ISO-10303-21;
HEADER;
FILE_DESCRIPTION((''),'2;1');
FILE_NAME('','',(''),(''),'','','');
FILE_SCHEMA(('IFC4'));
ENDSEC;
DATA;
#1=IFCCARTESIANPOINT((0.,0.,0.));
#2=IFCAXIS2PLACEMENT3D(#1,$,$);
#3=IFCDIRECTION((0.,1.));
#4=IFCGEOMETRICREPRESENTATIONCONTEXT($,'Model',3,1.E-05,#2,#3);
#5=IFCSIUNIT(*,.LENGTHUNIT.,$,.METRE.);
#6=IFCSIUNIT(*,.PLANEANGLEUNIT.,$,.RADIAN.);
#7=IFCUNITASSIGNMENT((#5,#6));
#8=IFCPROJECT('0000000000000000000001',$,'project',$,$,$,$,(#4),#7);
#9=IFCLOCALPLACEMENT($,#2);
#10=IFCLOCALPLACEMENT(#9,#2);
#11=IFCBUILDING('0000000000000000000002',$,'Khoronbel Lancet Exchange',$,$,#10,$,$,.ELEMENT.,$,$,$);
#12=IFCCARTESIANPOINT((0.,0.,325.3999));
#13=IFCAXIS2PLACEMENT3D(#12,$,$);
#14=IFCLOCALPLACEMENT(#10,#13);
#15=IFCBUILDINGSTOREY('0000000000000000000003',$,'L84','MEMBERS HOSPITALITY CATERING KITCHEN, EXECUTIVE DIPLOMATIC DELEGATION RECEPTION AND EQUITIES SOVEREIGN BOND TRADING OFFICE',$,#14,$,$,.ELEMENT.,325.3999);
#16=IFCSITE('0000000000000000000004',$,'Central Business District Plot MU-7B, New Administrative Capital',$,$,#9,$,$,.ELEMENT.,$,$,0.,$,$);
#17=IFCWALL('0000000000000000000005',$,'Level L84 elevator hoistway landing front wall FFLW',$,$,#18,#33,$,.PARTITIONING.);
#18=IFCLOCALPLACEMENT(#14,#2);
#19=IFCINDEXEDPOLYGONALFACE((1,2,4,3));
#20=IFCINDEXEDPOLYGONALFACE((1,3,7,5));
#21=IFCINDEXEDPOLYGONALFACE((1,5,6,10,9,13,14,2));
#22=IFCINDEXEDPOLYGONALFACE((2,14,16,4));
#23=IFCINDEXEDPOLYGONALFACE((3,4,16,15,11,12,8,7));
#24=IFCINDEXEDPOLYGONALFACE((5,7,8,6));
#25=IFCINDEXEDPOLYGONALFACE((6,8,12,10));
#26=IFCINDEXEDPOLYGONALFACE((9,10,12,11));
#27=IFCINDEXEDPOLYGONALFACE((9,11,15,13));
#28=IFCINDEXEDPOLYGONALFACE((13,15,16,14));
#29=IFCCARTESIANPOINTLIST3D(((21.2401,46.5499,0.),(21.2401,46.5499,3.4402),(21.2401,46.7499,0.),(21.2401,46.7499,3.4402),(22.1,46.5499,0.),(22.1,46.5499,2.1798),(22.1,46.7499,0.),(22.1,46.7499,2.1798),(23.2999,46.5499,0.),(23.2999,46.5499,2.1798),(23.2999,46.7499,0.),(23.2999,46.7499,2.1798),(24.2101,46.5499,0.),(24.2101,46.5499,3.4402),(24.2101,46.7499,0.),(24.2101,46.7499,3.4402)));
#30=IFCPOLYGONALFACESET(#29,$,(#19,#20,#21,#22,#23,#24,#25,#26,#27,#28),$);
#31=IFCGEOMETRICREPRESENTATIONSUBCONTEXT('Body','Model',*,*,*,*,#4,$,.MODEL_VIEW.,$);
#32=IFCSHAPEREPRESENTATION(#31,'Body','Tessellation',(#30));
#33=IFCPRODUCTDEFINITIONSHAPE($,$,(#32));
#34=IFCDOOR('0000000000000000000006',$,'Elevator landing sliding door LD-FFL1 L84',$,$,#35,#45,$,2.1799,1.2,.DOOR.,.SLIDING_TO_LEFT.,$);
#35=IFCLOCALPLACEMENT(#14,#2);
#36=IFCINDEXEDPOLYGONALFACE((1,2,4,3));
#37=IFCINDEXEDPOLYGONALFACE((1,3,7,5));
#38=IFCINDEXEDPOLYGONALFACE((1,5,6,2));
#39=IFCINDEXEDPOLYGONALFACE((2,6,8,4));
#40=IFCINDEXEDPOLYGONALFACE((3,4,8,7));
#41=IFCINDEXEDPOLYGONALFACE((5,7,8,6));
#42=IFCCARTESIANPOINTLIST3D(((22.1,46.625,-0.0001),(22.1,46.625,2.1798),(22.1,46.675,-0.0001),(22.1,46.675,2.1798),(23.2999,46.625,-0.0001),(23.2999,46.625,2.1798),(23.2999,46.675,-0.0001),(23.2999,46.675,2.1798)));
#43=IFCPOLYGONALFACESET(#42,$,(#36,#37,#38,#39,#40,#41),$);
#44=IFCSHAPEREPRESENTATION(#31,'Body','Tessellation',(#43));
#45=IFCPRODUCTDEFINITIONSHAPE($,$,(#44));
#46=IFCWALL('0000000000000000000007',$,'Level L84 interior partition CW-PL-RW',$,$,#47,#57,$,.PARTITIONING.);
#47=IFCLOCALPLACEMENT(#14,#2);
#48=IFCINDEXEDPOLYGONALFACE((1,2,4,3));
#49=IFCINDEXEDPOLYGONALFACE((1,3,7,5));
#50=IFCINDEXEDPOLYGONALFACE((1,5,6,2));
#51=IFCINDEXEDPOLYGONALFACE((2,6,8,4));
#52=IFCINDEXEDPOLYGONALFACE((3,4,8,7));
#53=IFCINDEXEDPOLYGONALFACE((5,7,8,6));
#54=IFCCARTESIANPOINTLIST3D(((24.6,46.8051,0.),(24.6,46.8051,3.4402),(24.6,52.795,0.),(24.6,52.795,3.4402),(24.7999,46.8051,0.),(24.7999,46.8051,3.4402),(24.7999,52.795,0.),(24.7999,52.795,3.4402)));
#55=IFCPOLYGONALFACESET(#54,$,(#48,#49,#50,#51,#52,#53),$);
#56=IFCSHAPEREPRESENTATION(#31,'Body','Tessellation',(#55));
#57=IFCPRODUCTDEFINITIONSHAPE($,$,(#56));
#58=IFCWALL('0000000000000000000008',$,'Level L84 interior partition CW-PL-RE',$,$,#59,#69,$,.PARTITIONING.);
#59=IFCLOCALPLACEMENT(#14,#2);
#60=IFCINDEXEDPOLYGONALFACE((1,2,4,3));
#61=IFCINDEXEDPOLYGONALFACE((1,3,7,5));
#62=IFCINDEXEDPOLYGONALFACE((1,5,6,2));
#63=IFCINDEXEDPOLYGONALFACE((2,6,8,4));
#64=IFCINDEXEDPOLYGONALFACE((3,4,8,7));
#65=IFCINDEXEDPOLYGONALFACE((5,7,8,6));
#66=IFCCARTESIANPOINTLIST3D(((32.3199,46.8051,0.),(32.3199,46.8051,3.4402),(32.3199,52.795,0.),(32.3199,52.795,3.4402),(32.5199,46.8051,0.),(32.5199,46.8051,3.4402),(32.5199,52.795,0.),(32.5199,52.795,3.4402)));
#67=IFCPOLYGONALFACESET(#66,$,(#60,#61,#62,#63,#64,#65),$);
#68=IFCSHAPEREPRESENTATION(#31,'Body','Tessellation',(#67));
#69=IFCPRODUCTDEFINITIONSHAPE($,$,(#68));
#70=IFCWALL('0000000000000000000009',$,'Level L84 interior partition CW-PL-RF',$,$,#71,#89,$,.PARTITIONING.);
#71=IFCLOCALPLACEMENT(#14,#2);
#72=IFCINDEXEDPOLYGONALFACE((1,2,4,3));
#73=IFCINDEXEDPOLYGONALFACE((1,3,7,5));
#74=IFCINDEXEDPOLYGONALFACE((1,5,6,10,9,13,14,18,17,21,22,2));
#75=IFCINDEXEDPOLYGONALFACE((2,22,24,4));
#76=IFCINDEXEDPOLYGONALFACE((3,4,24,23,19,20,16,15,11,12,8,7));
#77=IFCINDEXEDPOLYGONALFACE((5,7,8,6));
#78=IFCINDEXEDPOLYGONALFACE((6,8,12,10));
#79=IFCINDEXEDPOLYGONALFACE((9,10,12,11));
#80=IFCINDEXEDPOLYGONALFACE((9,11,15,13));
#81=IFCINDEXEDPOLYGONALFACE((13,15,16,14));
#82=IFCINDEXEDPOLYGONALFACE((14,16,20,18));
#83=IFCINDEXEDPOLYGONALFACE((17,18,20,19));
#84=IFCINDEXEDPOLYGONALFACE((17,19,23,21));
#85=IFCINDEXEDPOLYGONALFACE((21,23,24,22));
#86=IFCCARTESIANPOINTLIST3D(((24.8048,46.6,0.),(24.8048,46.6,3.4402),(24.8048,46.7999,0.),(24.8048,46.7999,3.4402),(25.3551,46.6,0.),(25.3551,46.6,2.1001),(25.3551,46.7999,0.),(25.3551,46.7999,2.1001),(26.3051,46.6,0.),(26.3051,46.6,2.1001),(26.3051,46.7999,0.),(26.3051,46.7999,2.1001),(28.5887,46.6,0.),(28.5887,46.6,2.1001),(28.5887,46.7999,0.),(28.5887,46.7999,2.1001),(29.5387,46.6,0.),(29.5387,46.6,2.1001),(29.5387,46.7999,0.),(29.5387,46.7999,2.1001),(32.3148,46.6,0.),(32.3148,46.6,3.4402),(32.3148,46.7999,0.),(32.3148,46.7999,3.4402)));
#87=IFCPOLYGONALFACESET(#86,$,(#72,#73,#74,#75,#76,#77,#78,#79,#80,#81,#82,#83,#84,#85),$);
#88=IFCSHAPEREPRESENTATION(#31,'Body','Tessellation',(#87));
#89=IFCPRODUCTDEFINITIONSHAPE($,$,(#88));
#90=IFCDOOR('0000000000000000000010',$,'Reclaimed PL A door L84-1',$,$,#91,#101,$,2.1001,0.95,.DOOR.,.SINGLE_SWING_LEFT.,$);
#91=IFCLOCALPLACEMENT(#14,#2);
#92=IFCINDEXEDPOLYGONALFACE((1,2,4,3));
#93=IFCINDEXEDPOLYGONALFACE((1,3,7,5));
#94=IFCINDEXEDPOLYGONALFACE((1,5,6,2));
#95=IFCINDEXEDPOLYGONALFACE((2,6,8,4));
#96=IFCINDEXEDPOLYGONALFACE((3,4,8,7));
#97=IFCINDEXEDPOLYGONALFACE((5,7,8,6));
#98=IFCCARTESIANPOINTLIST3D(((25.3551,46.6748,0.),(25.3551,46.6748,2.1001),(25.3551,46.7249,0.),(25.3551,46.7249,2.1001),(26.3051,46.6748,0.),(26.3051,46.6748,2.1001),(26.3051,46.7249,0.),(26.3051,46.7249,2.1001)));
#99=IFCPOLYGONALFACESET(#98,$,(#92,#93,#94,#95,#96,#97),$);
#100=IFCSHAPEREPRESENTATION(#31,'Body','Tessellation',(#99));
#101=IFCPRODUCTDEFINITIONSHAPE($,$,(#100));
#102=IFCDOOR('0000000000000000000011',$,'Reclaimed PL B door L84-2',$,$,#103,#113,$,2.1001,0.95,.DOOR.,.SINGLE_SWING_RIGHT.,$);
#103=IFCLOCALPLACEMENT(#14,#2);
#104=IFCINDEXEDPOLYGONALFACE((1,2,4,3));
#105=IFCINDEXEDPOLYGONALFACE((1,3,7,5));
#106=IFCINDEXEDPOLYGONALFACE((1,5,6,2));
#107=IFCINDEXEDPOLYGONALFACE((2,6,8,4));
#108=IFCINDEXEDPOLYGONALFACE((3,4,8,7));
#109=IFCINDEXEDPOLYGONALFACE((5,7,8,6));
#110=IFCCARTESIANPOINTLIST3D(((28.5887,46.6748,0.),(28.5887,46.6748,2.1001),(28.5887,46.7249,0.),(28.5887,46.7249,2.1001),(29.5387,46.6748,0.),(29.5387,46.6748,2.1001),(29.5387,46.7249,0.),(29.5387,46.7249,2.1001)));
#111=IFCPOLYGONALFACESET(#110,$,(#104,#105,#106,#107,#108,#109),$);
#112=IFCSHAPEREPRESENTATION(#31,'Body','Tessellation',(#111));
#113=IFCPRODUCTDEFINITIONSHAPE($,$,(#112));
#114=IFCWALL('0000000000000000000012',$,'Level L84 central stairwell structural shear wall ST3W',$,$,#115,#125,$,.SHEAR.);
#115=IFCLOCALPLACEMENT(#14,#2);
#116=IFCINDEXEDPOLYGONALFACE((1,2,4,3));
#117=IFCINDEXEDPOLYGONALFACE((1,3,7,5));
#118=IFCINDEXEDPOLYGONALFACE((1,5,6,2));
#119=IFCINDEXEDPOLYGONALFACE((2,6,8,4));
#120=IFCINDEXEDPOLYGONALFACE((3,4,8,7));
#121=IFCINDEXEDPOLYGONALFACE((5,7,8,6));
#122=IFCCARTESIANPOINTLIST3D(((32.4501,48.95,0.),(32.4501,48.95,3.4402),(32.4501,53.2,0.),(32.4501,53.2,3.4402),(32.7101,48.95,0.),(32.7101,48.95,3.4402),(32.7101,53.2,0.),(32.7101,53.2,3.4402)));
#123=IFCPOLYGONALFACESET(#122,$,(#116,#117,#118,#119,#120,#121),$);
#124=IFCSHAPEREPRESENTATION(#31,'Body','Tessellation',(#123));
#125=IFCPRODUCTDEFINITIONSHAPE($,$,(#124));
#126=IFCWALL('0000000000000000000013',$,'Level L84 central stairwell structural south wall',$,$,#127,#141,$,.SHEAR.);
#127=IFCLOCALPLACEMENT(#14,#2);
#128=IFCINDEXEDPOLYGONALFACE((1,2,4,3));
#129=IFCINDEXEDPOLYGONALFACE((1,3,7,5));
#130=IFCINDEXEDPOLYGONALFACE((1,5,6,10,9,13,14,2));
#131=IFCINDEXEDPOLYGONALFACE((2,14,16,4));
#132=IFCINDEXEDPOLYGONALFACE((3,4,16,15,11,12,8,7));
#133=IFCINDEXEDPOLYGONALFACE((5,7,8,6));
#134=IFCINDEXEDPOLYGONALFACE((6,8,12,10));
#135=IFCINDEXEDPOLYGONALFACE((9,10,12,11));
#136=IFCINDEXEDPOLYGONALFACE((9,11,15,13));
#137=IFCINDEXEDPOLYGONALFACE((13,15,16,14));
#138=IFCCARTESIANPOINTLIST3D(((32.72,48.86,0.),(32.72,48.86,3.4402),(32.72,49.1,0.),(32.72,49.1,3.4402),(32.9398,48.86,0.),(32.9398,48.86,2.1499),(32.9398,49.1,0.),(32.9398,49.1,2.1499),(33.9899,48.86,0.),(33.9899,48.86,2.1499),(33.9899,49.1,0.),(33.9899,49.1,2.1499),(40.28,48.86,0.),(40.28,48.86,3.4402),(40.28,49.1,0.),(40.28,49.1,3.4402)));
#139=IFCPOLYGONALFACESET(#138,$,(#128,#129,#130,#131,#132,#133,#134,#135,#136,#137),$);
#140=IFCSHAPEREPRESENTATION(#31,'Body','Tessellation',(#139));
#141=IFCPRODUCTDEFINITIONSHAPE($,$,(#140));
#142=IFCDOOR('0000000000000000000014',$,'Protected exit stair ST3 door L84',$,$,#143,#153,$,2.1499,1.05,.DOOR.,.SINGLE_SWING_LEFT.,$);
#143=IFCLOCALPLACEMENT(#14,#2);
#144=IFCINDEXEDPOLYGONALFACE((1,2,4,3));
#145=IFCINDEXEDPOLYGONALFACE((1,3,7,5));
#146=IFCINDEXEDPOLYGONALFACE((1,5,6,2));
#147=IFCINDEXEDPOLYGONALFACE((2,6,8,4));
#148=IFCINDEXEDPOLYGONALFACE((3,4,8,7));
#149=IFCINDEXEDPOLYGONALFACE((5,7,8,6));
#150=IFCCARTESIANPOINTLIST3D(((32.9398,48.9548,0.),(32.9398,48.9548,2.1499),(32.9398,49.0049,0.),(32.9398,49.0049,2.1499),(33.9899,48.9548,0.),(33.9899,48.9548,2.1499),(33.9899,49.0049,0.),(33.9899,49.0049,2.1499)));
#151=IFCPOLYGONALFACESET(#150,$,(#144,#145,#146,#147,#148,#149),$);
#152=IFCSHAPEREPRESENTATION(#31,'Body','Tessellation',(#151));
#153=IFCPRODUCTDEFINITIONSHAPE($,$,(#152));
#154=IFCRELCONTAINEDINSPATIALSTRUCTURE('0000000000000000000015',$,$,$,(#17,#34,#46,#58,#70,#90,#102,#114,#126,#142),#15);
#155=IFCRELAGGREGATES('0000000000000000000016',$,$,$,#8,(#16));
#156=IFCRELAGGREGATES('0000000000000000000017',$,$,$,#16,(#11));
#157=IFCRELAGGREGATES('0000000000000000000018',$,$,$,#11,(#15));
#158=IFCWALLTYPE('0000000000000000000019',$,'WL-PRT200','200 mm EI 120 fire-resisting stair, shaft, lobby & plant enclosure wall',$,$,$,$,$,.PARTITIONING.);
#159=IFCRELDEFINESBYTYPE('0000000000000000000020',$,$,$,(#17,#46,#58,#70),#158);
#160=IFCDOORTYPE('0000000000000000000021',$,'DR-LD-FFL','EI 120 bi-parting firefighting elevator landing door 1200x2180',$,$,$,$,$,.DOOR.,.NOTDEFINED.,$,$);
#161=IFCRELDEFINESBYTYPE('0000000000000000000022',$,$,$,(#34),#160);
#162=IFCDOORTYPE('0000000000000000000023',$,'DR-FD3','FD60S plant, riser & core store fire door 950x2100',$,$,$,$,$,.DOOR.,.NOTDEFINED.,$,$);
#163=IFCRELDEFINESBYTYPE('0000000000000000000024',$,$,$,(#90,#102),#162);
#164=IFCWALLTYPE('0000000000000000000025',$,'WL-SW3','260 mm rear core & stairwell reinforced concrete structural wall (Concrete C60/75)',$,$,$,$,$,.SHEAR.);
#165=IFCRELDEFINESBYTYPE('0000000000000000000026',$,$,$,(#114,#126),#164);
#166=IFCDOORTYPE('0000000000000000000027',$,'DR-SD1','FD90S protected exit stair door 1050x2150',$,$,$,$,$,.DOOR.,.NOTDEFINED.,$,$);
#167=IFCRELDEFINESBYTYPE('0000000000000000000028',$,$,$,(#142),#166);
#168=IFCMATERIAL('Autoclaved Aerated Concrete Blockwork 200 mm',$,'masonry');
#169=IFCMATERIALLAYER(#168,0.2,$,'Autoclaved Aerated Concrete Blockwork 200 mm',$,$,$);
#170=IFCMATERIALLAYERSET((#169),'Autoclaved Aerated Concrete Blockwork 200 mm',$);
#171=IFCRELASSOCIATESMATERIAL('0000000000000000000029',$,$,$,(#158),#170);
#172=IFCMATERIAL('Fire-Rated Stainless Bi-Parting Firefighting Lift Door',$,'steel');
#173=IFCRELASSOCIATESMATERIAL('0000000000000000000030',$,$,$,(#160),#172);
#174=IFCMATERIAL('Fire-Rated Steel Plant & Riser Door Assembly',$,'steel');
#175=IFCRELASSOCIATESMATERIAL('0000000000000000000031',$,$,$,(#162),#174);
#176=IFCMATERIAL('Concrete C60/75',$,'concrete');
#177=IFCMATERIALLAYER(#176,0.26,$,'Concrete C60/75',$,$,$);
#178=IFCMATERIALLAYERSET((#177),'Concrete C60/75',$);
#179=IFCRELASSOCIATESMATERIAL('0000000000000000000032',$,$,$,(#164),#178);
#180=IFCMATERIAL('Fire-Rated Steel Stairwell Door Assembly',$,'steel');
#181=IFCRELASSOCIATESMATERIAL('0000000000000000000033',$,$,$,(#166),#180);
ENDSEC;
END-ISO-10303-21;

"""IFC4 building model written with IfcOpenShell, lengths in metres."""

from ifc_helpers import new_model, si_unit, direction, frame, frame_2d, origin, place, context, subcontext, project, spatial, rectangle, extrude, material, layer, layer_set, type_object, element, fill, save


model = new_model("IFC4")

# Units and contexts
model_context = context("Model", 3, precision=1e-05, world=origin(), true_north=direction((0.0, 1.0)))
body_context = subcontext(model_context, "Body", "Model", "MODEL_VIEW")
ifc_project = project(units=[si_unit("LENGTHUNIT", "METRE"), si_unit("PLANEANGLEUNIT", "RADIAN")], contexts=[model_context])

# Site, building, storey
site_placement = place(None, origin())
site = spatial("IfcSite", under=ifc_project, at=site_placement, Name="Central Business District Plot MU-7B, New Administrative Capital", CompositionType="ELEMENT", RefElevation=0.0)
building_placement = place(site_placement, origin())
building = spatial("IfcBuilding", under=site, at=building_placement, Name="Khoronbel Lancet Exchange", CompositionType="ELEMENT")
storey_placement = place(building_placement, frame((0.0, 0.0, 325.3999)))
storey = spatial("IfcBuildingStorey", under=building, at=storey_placement, Name="L84", Description="MEMBERS HOSPITALITY CATERING KITCHEN, EXECUTIVE DIPLOMATIC DELEGATION RECEPTION AND EQUITIES SOVEREIGN BOND TRADING OFFICE", CompositionType="ELEMENT", Elevation=325.3999)

# Wall, opening, door
ifc_material_1 = material(Name="Autoclaved Aerated Concrete Blockwork 200 mm", Category="masonry")
ifc_layer_1 = layer(ifc_material_1, 0.2, Name="Autoclaved Aerated Concrete Blockwork 200 mm")
ifc_layer_set_1 = layer_set([ifc_layer_1], Name="Autoclaved Aerated Concrete Blockwork 200 mm")
wall_type_1 = type_object("IfcWallType", Name="WL-PRT200", Description="200 mm EI 120 fire-resisting stair, shaft, lobby & plant enclosure wall", PredefinedType="PARTITIONING", material=ifc_layer_set_1)
wall_1_placement = place(storey_placement, frame((24.21, 46.6499, 0.0), z_axis=(0.0, 0.0, 1.0), x_axis=(-1.0, 0.0, 0.0)))
wall_1 = element("IfcWall", 1, at=wall_1_placement, inside=storey, type_object=wall_type_1, Name="Level L84 elevator hoistway landing front wall FFLW", PredefinedType="PARTITIONING", context=body_context, shape_type="SweptSolid", body=[
    extrude(rectangle(XDim=2.97, YDim=0.2, at=frame_2d((1.4849, 0.0))), origin(), (0.0, 0.0, 1.0), 3.4402),
])
opening_1_placement = place(wall_1_placement, frame((0.9099, 0.0, 0.0)))
opening_1 = element("IfcOpeningElement", 2, at=opening_1_placement, cuts=wall_1, PredefinedType="OPENING", context=body_context, shape_type="SweptSolid", body=[
    extrude(rectangle(XDim=1.2, YDim=2.1799, at=frame_2d((0.6001, 1.0898))), frame((0.0, 0.1099, 0.0), z_axis=(0.0, -1.0, 0.0), x_axis=(1.0, 0.0, 0.0)), (0.0, 0.0, 1.0), 0.22),
])
ifc_material_2 = material(Name="Fire-Rated Stainless Bi-Parting Firefighting Lift Door", Category="steel")
door_type_1 = type_object("IfcDoorType", Name="DR-LD-FFL", Description="EI 120 bi-parting firefighting elevator landing door 1200x2180", OperationType="NOTDEFINED", PredefinedType="DOOR", material=ifc_material_2)
door_1_placement = place(opening_1_placement, origin())
door_1 = element("IfcDoor", 3, at=door_1_placement, inside=storey, type_object=door_type_1, Name="Elevator landing sliding door LD-FFL1 L84", OperationType="SLIDING_TO_LEFT", OverallHeight=2.1799, OverallWidth=1.2, PredefinedType="DOOR", context=body_context, shape_type="SweptSolid", body=[
    extrude(rectangle(XDim=1.2, YDim=2.1799, at=frame_2d((0.6001, 1.0898))), frame((0.0, 0.0249, 0.0), z_axis=(0.0, -1.0, 0.0), x_axis=(1.0, 0.0, 0.0)), (0.0, 0.0, 1.0), 0.05),
])
fill(opening_1, door_1)

# Walls
for number, where, z_axis, x_axis, name in (
    (4, (24.7, 46.8049, 0.0), (0.0, 0.0, 1.0), (0.0, 1.0, 0.0), "Level L84 interior partition CW-PL-RW"),
    (5, (32.4199, 46.8049, 0.0), (0.0, 0.0, 1.0), (0.0, 1.0, 0.0), "Level L84 interior partition CW-PL-RE"),
):
    element("IfcWall", number, at=place(storey_placement, frame(where, z_axis=z_axis, x_axis=x_axis)), inside=storey, type_object=wall_type_1, Name=name, PredefinedType="PARTITIONING", context=body_context, shape_type="SweptSolid", body=[
        extrude(rectangle(XDim=5.99, YDim=0.2, at=frame_2d((2.9951, 0.0))), origin(), (0.0, 0.0, 1.0), 3.4402),
    ])

# Wall, openings, doors
wall_2_placement = place(storey_placement, frame((24.8049, 46.7, 0.0), z_axis=(0.0, 0.0, 1.0), x_axis=(1.0, 0.0, 0.0)))
wall_2 = element("IfcWall", 6, at=wall_2_placement, inside=storey, type_object=wall_type_1, Name="Level L84 interior partition CW-PL-RF", PredefinedType="PARTITIONING", context=body_context, shape_type="SweptSolid", body=[
    extrude(rectangle(XDim=7.51, YDim=0.2, at=frame_2d((3.7549, 0.0))), origin(), (0.0, 0.0, 1.0), 3.4402),
])
opening_2_placement = place(wall_2_placement, frame((0.55, 0.0, 0.0)))
opening_2 = element("IfcOpeningElement", 7, at=opening_2_placement, cuts=wall_2, PredefinedType="OPENING", context=body_context, shape_type="SweptSolid", body=[
    extrude(rectangle(XDim=0.95, YDim=2.1001, at=frame_2d((0.4751, 1.05))), frame((0.0, 0.1099, 0.0), z_axis=(0.0, -1.0, 0.0), x_axis=(1.0, 0.0, 0.0)), (0.0, 0.0, 1.0), 0.22),
])
opening_3_placement = place(wall_2_placement, frame((3.7837, 0.0, 0.0)))
opening_3 = element("IfcOpeningElement", 8, at=opening_3_placement, cuts=wall_2, PredefinedType="OPENING", context=body_context, shape_type="SweptSolid", body=[
    extrude(rectangle(XDim=0.95, YDim=2.1001, at=frame_2d((0.4751, 1.05))), frame((0.0, 0.1099, 0.0), z_axis=(0.0, -1.0, 0.0), x_axis=(1.0, 0.0, 0.0)), (0.0, 0.0, 1.0), 0.22),
])
ifc_material_3 = material(Name="Fire-Rated Steel Plant & Riser Door Assembly", Category="steel")
door_type_2 = type_object("IfcDoorType", Name="DR-FD3", Description="FD60S plant, riser & core store fire door 950x2100", OperationType="NOTDEFINED", PredefinedType="DOOR", material=ifc_material_3)
door_2_placement = place(opening_2_placement, origin())
door_2 = element("IfcDoor", 9, at=door_2_placement, inside=storey, type_object=door_type_2, Name="Reclaimed PL A door L84-1", OperationType="SINGLE_SWING_LEFT", OverallHeight=2.1001, OverallWidth=0.95, PredefinedType="DOOR", context=body_context, shape_type="SweptSolid", body=[
    extrude(rectangle(XDim=0.95, YDim=2.1001, at=frame_2d((0.4751, 1.05))), frame((0.0, 0.0249, 0.0), z_axis=(0.0, -1.0, 0.0), x_axis=(1.0, 0.0, 0.0)), (0.0, 0.0, 1.0), 0.05),
])
fill(opening_2, door_2)
door_3_placement = place(opening_3_placement, origin())
door_3 = element("IfcDoor", 10, at=door_3_placement, inside=storey, type_object=door_type_2, Name="Reclaimed PL B door L84-2", OperationType="SINGLE_SWING_RIGHT", OverallHeight=2.1001, OverallWidth=0.95, PredefinedType="DOOR", context=body_context, shape_type="SweptSolid", body=[
    extrude(rectangle(XDim=0.95, YDim=2.1001, at=frame_2d((0.4751, 1.05))), frame((0.0, 0.0249, 0.0), z_axis=(0.0, -1.0, 0.0), x_axis=(1.0, 0.0, 0.0)), (0.0, 0.0, 1.0), 0.05),
])
fill(opening_3, door_3)

# Wall
ifc_material_4 = material(Name="Concrete C60/75", Category="concrete")
ifc_layer_2 = layer(ifc_material_4, 0.26, Name="Concrete C60/75")
ifc_layer_set_2 = layer_set([ifc_layer_2], Name="Concrete C60/75")
wall_type_2 = type_object("IfcWallType", Name="WL-SW3", Description="260 mm rear core & stairwell reinforced concrete structural wall (Concrete C60/75)", PredefinedType="SHEAR", material=ifc_layer_set_2)
wall_3_placement = place(storey_placement, frame((32.5801, 48.95, 0.0), z_axis=(0.0, 0.0, 1.0), x_axis=(0.0, 1.0, 0.0)))
element("IfcWall", 11, at=wall_3_placement, inside=storey, type_object=wall_type_2, Name="Level L84 central stairwell structural shear wall ST3W", PredefinedType="SHEAR", context=body_context, shape_type="SweptSolid", body=[
    extrude(rectangle(XDim=4.25, YDim=0.26, at=frame_2d((2.125, 0.0))), origin(), (0.0, 0.0, 1.0), 3.4402),
])

# Wall, opening, door
wall_4_placement = place(storey_placement, frame((32.72, 48.98, 0.0), z_axis=(0.0, 0.0, 1.0), x_axis=(1.0, 0.0, 0.0)))
wall_4 = element("IfcWall", 12, at=wall_4_placement, inside=storey, type_object=wall_type_2, Name="Level L84 central stairwell structural south wall", PredefinedType="SHEAR", context=body_context, shape_type="SweptSolid", body=[
    extrude(rectangle(XDim=7.5601, YDim=0.24, at=frame_2d((3.78, 0.0))), origin(), (0.0, 0.0, 1.0), 3.4402),
])
opening_4_placement = place(wall_4_placement, frame((0.22, 0.0, 0.0)))
opening_4 = element("IfcOpeningElement", 13, at=opening_4_placement, cuts=wall_4, PredefinedType="OPENING", context=body_context, shape_type="SweptSolid", body=[
    extrude(rectangle(XDim=1.05, YDim=2.1499, at=frame_2d((0.5249, 1.075))), frame((0.0, 0.1299, 0.0), z_axis=(0.0, -1.0, 0.0), x_axis=(1.0, 0.0, 0.0)), (0.0, 0.0, 1.0), 0.26),
])
ifc_material_5 = material(Name="Fire-Rated Steel Stairwell Door Assembly", Category="steel")
door_type_3 = type_object("IfcDoorType", Name="DR-SD1", Description="FD90S protected exit stair door 1050x2150", OperationType="NOTDEFINED", PredefinedType="DOOR", material=ifc_material_5)
door_4_placement = place(opening_4_placement, origin())
door_4 = element("IfcDoor", 14, at=door_4_placement, inside=storey, type_object=door_type_3, Name="Protected exit stair ST3 door L84", OperationType="SINGLE_SWING_LEFT", OverallHeight=2.1499, OverallWidth=1.05, PredefinedType="DOOR", context=body_context, shape_type="SweptSolid", body=[
    extrude(rectangle(XDim=1.05, YDim=2.1499, at=frame_2d((0.5249, 1.075))), frame((0.0, 0.0249, 0.0), z_axis=(0.0, -1.0, 0.0), x_axis=(1.0, 0.0, 0.0)), (0.0, 0.0, 1.0), 0.05),
])
fill(opening_4, door_4)

save(model, "model.ifc")
